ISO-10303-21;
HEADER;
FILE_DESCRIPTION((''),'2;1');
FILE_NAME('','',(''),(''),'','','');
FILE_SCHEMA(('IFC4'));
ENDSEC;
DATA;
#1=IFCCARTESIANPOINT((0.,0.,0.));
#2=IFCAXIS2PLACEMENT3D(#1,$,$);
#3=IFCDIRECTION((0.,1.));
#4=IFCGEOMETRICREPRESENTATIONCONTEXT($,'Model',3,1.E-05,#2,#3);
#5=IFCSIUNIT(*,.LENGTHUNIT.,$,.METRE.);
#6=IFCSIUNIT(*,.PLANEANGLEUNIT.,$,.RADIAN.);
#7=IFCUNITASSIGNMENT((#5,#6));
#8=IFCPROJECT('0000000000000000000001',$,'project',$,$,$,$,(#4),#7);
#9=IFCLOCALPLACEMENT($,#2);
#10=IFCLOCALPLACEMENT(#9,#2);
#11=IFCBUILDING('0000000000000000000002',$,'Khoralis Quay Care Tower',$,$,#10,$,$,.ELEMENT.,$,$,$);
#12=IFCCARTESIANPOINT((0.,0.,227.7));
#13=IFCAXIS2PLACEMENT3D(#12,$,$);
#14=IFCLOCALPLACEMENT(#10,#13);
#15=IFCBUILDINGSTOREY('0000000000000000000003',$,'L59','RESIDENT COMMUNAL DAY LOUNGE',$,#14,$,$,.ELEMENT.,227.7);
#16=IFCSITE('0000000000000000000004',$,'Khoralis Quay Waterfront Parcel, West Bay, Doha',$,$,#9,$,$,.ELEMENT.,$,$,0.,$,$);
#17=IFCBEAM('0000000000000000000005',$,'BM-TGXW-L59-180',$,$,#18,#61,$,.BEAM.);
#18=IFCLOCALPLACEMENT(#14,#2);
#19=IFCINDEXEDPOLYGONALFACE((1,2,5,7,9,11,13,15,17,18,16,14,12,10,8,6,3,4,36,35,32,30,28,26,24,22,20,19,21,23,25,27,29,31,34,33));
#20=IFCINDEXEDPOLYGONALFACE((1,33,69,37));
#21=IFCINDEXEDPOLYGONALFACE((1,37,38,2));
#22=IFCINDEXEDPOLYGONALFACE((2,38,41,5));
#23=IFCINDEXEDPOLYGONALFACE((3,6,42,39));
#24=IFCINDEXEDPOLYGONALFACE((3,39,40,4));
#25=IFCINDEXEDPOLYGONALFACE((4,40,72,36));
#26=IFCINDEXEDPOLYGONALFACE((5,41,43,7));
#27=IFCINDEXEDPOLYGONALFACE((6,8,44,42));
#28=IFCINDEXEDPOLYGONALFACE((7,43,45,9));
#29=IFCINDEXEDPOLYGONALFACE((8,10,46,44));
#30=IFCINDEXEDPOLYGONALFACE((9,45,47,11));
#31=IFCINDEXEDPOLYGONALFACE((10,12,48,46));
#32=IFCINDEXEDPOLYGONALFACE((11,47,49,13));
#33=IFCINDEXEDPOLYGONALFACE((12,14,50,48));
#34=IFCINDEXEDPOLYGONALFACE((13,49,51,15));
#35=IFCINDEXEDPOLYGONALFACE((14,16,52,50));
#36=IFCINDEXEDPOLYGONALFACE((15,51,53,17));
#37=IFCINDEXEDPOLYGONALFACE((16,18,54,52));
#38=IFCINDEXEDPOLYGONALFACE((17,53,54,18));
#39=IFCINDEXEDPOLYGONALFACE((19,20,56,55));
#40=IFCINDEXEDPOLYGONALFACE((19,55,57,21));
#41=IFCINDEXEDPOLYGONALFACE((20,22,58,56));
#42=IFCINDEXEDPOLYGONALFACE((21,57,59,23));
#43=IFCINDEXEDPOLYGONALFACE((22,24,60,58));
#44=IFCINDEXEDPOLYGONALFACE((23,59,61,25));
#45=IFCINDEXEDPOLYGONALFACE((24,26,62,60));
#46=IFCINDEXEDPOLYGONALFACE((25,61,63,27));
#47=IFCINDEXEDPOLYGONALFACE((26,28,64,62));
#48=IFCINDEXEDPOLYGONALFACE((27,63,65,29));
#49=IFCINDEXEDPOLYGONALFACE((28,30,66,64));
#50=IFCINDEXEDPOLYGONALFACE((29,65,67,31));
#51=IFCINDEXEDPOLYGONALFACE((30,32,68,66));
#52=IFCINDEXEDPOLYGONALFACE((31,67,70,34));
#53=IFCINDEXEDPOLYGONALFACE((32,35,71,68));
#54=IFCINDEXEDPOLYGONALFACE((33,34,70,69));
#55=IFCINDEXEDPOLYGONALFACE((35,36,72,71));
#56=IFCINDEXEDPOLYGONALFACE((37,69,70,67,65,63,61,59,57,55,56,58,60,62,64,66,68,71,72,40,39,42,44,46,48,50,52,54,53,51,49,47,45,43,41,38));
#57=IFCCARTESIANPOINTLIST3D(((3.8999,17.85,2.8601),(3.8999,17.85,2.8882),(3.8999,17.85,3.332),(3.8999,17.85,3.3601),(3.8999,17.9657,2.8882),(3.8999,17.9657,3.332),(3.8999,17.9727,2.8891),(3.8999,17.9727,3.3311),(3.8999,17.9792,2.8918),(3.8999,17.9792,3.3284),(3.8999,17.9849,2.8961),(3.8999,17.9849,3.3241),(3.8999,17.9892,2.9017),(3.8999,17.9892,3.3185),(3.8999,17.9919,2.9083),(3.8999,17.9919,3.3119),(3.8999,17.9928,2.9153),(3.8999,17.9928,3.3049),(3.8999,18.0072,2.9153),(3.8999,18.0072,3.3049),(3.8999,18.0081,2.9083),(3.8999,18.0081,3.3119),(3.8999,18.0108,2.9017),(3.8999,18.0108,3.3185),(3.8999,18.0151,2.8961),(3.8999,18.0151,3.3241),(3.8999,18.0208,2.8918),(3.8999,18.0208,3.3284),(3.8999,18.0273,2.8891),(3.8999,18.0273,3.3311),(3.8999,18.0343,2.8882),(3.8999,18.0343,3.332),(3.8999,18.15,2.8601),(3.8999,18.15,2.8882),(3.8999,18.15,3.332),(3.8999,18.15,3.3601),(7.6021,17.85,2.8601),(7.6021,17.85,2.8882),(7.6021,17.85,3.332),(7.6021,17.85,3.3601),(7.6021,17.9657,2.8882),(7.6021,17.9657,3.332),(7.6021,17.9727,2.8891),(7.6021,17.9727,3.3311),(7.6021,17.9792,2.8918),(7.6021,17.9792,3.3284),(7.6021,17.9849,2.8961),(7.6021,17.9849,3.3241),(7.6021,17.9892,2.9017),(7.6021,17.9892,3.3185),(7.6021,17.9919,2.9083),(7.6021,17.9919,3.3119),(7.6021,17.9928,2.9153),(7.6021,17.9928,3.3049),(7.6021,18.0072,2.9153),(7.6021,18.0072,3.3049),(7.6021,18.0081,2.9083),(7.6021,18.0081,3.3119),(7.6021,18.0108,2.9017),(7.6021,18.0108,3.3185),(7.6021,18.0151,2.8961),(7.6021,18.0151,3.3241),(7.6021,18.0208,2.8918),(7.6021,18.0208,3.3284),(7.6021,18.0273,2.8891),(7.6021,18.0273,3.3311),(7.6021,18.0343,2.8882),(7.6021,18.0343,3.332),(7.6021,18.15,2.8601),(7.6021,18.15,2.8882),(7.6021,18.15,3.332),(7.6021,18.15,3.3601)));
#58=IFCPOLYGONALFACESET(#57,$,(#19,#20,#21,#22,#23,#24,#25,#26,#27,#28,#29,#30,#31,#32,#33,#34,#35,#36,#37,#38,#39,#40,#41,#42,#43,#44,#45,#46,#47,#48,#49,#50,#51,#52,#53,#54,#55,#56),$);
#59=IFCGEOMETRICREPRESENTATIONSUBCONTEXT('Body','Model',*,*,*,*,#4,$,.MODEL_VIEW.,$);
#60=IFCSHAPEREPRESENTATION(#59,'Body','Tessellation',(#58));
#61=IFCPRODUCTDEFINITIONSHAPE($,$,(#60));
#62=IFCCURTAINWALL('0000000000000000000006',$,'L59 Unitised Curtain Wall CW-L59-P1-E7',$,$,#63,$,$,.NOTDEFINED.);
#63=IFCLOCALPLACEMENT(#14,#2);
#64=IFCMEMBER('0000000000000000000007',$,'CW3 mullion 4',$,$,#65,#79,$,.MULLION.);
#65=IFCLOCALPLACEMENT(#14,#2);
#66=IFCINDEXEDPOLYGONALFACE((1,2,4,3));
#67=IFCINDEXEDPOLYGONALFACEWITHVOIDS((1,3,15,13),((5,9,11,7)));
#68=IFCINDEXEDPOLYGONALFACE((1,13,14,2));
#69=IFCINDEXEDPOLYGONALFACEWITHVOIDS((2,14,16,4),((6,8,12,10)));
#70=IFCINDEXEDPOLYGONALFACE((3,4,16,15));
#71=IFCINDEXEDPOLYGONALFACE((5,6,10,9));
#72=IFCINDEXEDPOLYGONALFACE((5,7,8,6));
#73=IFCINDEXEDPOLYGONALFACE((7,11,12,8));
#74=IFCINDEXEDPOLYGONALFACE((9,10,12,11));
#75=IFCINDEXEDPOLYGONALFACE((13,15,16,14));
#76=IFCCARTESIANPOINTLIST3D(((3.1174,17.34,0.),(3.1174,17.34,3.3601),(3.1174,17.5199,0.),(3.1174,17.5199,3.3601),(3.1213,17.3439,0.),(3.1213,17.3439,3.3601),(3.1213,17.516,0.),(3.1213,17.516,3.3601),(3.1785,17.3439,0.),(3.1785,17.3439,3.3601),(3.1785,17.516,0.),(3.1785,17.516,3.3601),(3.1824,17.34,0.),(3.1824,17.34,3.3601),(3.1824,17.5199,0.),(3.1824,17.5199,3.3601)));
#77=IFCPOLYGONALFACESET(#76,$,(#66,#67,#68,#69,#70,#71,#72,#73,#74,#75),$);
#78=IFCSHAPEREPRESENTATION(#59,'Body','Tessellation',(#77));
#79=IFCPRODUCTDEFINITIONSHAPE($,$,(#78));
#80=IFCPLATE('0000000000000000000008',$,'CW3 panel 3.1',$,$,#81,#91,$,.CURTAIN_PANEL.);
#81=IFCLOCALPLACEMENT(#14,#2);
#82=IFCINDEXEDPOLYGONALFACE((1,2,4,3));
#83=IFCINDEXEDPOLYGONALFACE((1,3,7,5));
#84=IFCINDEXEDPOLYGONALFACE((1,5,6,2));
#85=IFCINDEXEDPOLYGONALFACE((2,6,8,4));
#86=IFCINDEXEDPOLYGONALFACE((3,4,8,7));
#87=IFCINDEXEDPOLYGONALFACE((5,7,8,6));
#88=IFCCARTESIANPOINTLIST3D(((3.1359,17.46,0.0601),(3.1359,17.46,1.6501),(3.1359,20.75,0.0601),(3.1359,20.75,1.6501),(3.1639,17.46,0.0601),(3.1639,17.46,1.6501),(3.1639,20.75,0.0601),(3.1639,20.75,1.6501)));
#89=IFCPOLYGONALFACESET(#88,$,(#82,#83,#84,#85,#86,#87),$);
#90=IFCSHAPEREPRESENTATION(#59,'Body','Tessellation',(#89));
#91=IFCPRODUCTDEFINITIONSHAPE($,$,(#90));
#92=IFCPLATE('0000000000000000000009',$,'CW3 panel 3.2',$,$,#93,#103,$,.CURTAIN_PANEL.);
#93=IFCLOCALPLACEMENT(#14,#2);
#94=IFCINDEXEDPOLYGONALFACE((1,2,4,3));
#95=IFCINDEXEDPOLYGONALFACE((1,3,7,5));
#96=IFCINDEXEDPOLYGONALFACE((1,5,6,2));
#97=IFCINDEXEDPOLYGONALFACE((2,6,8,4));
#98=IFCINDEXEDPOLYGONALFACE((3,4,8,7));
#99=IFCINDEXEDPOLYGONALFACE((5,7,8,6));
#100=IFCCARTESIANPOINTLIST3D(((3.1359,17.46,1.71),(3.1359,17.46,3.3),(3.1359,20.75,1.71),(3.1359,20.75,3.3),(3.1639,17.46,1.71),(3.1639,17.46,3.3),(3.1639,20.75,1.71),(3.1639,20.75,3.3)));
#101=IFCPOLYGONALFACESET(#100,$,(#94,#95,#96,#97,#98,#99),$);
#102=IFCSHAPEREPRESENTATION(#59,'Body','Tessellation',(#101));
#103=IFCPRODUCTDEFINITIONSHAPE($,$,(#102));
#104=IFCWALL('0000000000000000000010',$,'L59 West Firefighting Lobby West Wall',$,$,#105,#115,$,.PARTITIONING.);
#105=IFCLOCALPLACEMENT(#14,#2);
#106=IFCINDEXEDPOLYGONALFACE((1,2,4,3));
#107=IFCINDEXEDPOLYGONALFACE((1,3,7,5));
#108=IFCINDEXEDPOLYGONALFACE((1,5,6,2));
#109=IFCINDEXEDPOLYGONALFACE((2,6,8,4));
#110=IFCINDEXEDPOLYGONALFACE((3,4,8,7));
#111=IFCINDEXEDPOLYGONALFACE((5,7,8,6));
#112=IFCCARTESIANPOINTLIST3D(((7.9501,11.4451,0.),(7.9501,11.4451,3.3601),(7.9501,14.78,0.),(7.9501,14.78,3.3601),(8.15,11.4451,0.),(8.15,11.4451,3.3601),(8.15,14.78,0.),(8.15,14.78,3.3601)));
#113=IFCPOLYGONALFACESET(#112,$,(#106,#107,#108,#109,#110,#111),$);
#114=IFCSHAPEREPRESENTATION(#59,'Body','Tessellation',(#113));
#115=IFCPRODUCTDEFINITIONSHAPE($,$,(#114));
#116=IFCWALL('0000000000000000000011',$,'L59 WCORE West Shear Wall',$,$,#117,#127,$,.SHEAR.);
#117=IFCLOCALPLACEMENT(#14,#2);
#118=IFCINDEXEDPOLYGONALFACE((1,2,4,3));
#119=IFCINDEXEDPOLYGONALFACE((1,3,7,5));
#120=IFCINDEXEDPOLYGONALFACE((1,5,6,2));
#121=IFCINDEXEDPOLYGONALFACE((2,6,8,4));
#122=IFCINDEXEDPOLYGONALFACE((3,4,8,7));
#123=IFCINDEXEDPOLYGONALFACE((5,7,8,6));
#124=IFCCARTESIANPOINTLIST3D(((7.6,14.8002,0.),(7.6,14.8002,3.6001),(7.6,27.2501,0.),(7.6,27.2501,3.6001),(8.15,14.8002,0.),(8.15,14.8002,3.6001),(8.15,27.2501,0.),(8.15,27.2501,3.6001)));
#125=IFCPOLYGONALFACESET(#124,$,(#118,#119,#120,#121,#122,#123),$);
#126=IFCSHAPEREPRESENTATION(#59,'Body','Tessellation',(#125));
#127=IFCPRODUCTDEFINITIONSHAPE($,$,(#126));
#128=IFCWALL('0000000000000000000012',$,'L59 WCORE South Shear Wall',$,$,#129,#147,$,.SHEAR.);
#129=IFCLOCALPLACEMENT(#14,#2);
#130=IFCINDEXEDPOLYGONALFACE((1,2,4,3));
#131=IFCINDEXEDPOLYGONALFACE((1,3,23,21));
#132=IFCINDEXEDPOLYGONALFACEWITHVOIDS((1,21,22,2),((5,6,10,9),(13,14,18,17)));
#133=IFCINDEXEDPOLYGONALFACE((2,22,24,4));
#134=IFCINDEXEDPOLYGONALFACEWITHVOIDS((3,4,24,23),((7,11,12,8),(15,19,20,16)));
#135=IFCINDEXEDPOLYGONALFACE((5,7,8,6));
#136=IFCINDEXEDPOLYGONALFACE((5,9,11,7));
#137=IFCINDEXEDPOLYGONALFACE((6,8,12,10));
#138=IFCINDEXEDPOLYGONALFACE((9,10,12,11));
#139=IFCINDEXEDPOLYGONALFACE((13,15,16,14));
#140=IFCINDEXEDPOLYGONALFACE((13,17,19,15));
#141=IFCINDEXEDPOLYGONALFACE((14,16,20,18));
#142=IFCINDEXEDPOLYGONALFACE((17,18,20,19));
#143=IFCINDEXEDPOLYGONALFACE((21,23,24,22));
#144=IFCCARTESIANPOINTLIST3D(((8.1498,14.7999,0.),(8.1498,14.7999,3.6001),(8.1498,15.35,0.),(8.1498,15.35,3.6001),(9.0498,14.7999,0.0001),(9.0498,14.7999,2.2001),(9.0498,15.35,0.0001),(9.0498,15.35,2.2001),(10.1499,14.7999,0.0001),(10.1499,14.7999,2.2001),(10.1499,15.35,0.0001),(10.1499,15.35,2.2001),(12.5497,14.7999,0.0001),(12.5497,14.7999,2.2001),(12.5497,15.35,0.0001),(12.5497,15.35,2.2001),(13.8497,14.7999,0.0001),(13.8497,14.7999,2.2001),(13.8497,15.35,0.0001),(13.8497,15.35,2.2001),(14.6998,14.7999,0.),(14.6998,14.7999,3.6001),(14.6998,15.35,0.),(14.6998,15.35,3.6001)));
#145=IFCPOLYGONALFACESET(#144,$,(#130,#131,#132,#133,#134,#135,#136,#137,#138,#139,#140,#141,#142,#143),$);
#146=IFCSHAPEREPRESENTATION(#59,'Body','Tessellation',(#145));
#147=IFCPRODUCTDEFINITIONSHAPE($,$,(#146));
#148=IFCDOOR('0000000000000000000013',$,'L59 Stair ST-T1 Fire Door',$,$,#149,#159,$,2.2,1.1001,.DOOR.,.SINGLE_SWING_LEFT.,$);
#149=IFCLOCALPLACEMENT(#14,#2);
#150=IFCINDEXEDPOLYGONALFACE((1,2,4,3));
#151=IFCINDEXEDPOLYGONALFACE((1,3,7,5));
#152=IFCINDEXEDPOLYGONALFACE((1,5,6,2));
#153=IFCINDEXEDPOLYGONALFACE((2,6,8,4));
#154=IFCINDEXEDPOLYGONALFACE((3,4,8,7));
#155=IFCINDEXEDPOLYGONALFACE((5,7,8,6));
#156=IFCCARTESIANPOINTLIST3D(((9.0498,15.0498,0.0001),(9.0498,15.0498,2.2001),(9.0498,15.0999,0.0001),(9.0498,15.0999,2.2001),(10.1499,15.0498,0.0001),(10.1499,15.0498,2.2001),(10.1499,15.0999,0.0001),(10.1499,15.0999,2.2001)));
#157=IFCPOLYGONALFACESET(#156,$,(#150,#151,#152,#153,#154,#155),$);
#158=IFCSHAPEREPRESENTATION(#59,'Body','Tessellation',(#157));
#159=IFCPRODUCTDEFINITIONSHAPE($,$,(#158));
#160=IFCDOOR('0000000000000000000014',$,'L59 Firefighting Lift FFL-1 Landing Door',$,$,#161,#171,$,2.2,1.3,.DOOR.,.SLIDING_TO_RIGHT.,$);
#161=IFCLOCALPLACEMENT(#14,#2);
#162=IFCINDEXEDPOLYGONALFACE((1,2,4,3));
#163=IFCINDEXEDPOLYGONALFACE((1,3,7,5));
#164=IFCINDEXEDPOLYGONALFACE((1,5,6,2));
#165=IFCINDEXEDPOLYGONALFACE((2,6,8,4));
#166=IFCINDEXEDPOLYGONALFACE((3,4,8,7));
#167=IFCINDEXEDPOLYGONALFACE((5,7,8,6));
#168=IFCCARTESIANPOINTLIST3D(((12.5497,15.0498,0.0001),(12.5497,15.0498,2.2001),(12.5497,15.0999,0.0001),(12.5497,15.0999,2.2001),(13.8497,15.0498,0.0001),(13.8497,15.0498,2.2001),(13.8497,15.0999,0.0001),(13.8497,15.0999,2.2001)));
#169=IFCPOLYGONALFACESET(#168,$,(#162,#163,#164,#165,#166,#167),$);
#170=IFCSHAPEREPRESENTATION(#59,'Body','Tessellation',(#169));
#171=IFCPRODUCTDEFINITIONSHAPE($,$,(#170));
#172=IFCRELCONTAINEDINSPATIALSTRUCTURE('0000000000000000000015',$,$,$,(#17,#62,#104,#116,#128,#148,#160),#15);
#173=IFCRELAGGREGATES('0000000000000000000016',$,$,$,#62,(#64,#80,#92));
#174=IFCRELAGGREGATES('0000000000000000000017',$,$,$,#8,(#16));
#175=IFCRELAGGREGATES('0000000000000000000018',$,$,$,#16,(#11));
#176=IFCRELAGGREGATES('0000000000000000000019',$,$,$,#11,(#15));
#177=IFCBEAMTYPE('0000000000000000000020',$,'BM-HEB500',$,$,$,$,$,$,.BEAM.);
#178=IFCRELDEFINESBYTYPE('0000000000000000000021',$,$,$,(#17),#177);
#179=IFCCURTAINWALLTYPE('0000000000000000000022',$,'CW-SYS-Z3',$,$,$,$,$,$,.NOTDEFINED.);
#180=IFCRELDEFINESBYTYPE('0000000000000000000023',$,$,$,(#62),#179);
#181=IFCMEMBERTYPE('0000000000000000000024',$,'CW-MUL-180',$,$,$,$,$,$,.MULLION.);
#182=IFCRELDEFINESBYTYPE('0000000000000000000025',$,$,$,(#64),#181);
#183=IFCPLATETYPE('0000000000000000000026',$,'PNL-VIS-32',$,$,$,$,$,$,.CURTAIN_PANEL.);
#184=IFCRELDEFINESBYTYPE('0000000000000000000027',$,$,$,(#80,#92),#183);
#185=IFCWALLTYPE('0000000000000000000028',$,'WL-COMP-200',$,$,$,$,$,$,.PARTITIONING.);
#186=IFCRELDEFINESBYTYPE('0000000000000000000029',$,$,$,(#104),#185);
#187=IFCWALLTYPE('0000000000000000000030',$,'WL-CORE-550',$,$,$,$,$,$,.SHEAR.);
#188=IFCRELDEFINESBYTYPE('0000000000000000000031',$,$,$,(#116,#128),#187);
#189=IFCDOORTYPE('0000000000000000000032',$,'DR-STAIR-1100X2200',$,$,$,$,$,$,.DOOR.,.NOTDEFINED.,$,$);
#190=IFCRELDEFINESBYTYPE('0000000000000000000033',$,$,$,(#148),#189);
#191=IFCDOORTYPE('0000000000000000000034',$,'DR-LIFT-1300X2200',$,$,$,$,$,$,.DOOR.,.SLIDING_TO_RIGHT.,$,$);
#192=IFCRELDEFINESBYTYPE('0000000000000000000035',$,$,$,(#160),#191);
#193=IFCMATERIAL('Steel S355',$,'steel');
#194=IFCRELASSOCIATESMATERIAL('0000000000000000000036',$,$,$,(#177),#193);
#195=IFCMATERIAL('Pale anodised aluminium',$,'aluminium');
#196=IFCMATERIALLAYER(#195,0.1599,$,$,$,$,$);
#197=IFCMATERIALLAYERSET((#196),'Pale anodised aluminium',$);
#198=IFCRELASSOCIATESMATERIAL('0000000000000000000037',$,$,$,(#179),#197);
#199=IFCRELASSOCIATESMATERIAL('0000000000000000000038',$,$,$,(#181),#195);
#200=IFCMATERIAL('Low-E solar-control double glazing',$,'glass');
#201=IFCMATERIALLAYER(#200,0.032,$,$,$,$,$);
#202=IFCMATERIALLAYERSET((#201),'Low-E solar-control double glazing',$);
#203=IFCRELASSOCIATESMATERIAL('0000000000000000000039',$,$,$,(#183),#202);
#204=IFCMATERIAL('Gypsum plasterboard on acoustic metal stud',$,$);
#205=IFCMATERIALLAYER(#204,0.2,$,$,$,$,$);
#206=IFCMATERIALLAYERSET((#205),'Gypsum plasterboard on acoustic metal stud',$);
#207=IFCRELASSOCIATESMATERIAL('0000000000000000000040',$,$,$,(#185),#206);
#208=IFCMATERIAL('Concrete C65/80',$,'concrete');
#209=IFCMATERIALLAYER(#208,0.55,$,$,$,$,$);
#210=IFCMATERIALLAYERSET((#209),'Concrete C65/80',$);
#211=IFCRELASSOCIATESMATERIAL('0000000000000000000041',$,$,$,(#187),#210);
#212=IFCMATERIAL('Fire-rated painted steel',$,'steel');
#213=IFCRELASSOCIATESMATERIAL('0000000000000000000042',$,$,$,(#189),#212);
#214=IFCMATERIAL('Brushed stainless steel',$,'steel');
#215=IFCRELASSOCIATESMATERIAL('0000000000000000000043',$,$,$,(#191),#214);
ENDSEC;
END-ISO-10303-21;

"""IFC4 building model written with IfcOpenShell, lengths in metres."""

from ifc_helpers import new_model, si_unit, direction, frame, frame_2d, origin, origin_2d, place, context, subcontext, project, spatial, rectangle, hollow_rectangle, i_section, extrude, source, transform, mapped, material, layer, layer_set, material_profile, profile_set, type_object, element, fill, aggregate, save


model = new_model("IFC4")

# Units and contexts
model_context = context("Model", 3, precision=1e-05, world=origin(), true_north=direction((0.0, 1.0)))
body_context = subcontext(model_context, "Body", "Model", "MODEL_VIEW")
ifc_project = project(units=[si_unit("LENGTHUNIT", "METRE"), si_unit("PLANEANGLEUNIT", "RADIAN")], contexts=[model_context])

# Site, building, storey
site_placement = place(None, origin())
site = spatial("IfcSite", under=ifc_project, at=site_placement, Name="Khoralis Quay Waterfront Parcel, West Bay, Doha", CompositionType="ELEMENT", RefElevation=0.0)
building_placement = place(site_placement, origin())
building = spatial("IfcBuilding", under=site, at=building_placement, Name="Khoralis Quay Care Tower", CompositionType="ELEMENT")
storey_placement = place(building_placement, frame((0.0, 0.0, 227.7)))
storey = spatial("IfcBuildingStorey", under=building, at=storey_placement, Name="L59", Description="RESIDENT COMMUNAL DAY LOUNGE", CompositionType="ELEMENT", Elevation=227.7)

# Beam
ifc_material_1 = material(Name="Steel S355", Category="steel")
ifc_material_profile_1 = material_profile(ifc_material_1, i_section(OverallWidth=0.3, OverallDepth=0.5, WebThickness=0.0144, FlangeThickness=0.0281, FilletRadius=0.0271, at=origin_2d()), Name="Steel S355")
ifc_profile_set_1 = profile_set([ifc_material_profile_1], Name="Steel S355")
beam_type_1 = type_object("IfcBeamType", Name="BM-HEB500", PredefinedType="BEAM", material=ifc_profile_set_1)
shared_shape_1 = source(origin(), body_context, "Body", "SweptSolid", [
    extrude(i_section(OverallWidth=0.3, OverallDepth=0.5, WebThickness=0.0144, FlangeThickness=0.0281, FilletRadius=0.0271, at=origin_2d()), origin(), (0.0, 0.0, 1.0), 3.7021),
])
beam_1_placement = place(storey_placement, frame((3.8999, 18.0, 3.1101), z_axis=(1.0, 0.0, 0.0), x_axis=(0.0, 1.0, 0.0)))
element("IfcBeam", 1, at=beam_1_placement, inside=storey, type_object=beam_type_1, Name="BM-TGXW-L59-180", PredefinedType="BEAM", context=body_context, shape_type="MappedRepresentation", body=[
    mapped(shared_shape_1, transform((0.0, 0.0, 0.0), scale=1.0)),
])

# Curtain wall, member, plates
ifc_material_2 = material(Name="Pale anodised aluminium", Category="aluminium")
ifc_layer_1 = layer(ifc_material_2, 0.1599)
ifc_layer_set_1 = layer_set([ifc_layer_1], Name="Pale anodised aluminium")
curtain_wall_type = type_object("IfcCurtainWallType", Name="CW-SYS-Z3", PredefinedType="NOTDEFINED", material=ifc_layer_set_1)
curtain_wall_placement = place(storey_placement, origin())
curtain_wall = element("IfcCurtainWall", 2, at=curtain_wall_placement, inside=storey, type_object=curtain_wall_type, Name="L59 Unitised Curtain Wall CW-L59-P1-E7", PredefinedType="NOTDEFINED")
ifc_material_profile_2 = material_profile(ifc_material_2, hollow_rectangle(XDim=0.0649, YDim=0.1799, WallThickness=0.0039, at=origin_2d()), Name="Pale anodised aluminium")
ifc_profile_set_2 = profile_set([ifc_material_profile_2], Name="Pale anodised aluminium")
member_type = type_object("IfcMemberType", Name="CW-MUL-180", PredefinedType="MULLION", material=ifc_profile_set_2)
shared_shape_2 = source(origin(), body_context, "Body", "SweptSolid", [
    extrude(hollow_rectangle(XDim=0.0649, YDim=0.1799, WallThickness=0.0039, at=origin_2d()), origin(), (0.0, 0.0, 1.0), 3.3601),
])
member_placement = place(storey_placement, frame((3.1499, 17.4299, 0.0), z_axis=(0.0, 0.0, 1.0), x_axis=(1.0, 0.0, 0.0)))
member = element("IfcMember", 3, at=member_placement, type_object=member_type, Name="CW3 mullion 4", PredefinedType="MULLION", context=body_context, shape_type="MappedRepresentation", body=[
    mapped(shared_shape_2, transform((0.0, 0.0, 0.0), scale=1.0)),
])
ifc_material_3 = material(Name="Low-E solar-control double glazing", Category="glass")
ifc_layer_2 = layer(ifc_material_3, 0.032)
ifc_layer_set_2 = layer_set([ifc_layer_2], Name="Low-E solar-control double glazing")
plate_type = type_object("IfcPlateType", Name="PNL-VIS-32", PredefinedType="CURTAIN_PANEL", material=ifc_layer_set_2)
shared_shape_3 = source(origin(), body_context, "Body", "SweptSolid", [
    extrude(rectangle(XDim=3.29, YDim=0.0281, at=origin_2d()), origin(), (0.0, 0.0, 1.0), 1.5901),
])
plate_1_placement = place(storey_placement, frame((3.1499, 19.105, 0.0601), z_axis=(0.0, 0.0, 1.0), x_axis=(0.0, -1.0, 0.0)))
plate_1 = element("IfcPlate", 4, at=plate_1_placement, type_object=plate_type, Name="CW3 panel 3.1", PredefinedType="CURTAIN_PANEL", context=body_context, shape_type="MappedRepresentation", body=[
    mapped(shared_shape_3, transform((0.0, 0.0, 0.0), scale=1.0)),
])
plate_2_placement = place(storey_placement, frame((3.1499, 19.105, 1.71), z_axis=(0.0, 0.0, 1.0), x_axis=(0.0, -1.0, 0.0)))
plate_2 = element("IfcPlate", 5, at=plate_2_placement, type_object=plate_type, Name="CW3 panel 3.2", PredefinedType="CURTAIN_PANEL", context=body_context, shape_type="MappedRepresentation", body=[
    mapped(shared_shape_3, transform((0.0, 0.0, 0.0), scale=1.0)),
])
aggregate(curtain_wall, [member, plate_1, plate_2])

# Walls
ifc_material_4 = material(Name="Gypsum plasterboard on acoustic metal stud")
ifc_layer_3 = layer(ifc_material_4, 0.2)
ifc_layer_set_3 = layer_set([ifc_layer_3], Name="Gypsum plasterboard on acoustic metal stud")
wall_type_1 = type_object("IfcWallType", Name="WL-COMP-200", PredefinedType="PARTITIONING", material=ifc_layer_set_3)
wall_1_placement = place(storey_placement, frame((8.05, 11.4451, 0.0), z_axis=(0.0, 0.0, 1.0), x_axis=(0.0, 1.0, 0.0)))
element("IfcWall", 6, at=wall_1_placement, inside=storey, type_object=wall_type_1, Name="L59 West Firefighting Lobby West Wall", PredefinedType="PARTITIONING", context=body_context, shape_type="SweptSolid", body=[
    extrude(rectangle(XDim=3.335, YDim=0.2, at=frame_2d((1.6675, 0.0))), origin(), (0.0, 0.0, 1.0), 3.3601),
])
ifc_material_5 = material(Name="Concrete C65/80", Category="concrete")
ifc_layer_4 = layer(ifc_material_5, 0.55)
ifc_layer_set_4 = layer_set([ifc_layer_4], Name="Concrete C65/80")
wall_type_2 = type_object("IfcWallType", Name="WL-CORE-550", PredefinedType="SHEAR", material=ifc_layer_set_4)
wall_2_placement = place(storey_placement, frame((7.875, 14.8, 0.0), z_axis=(0.0, 0.0, 1.0), x_axis=(0.0, 1.0, 0.0)))
element("IfcWall", 7, at=wall_2_placement, inside=storey, type_object=wall_type_2, Name="L59 WCORE West Shear Wall", PredefinedType="SHEAR", context=body_context, shape_type="SweptSolid", body=[
    extrude(rectangle(XDim=12.45, YDim=0.55, at=frame_2d((6.2251, 0.0))), origin(), (0.0, 0.0, 1.0), 3.6001),
])

# Wall, openings, doors
wall_3_placement = place(storey_placement, frame((8.1499, 15.075, 0.0), z_axis=(0.0, 0.0, 1.0), x_axis=(1.0, 0.0, 0.0)))
wall_3 = element("IfcWall", 8, at=wall_3_placement, inside=storey, type_object=wall_type_2, Name="L59 WCORE South Shear Wall", PredefinedType="SHEAR", context=body_context, shape_type="SweptSolid", body=[
    extrude(rectangle(XDim=6.55, YDim=0.55, at=frame_2d((3.2749, 0.0))), origin(), (0.0, 0.0, 1.0), 3.6001),
])
opening_1_placement = place(wall_3_placement, frame((0.8999, 0.0, 0.0)))
opening_1 = element("IfcOpeningElement", 9, at=opening_1_placement, cuts=wall_3, PredefinedType="OPENING", context=body_context, shape_type="SweptSolid", body=[
    extrude(rectangle(XDim=1.1001, YDim=2.2, at=frame_2d((0.55, 1.1001))), frame((0.0, 0.2852, 0.0), z_axis=(0.0, -1.0, 0.0), x_axis=(1.0, 0.0, 0.0)), (0.0, 0.0, 1.0), 0.5701),
])
opening_2_placement = place(wall_3_placement, frame((4.3999, 0.0, 0.0)))
opening_2 = element("IfcOpeningElement", 10, at=opening_2_placement, cuts=wall_3, PredefinedType="OPENING", context=body_context, shape_type="SweptSolid", body=[
    extrude(rectangle(XDim=1.3, YDim=2.2, at=frame_2d((0.6499, 1.1001))), frame((0.0, 0.2852, 0.0), z_axis=(0.0, -1.0, 0.0), x_axis=(1.0, 0.0, 0.0)), (0.0, 0.0, 1.0), 0.5701),
])
ifc_material_6 = material(Name="Fire-rated painted steel", Category="steel")
door_type_1 = type_object("IfcDoorType", Name="DR-STAIR-1100X2200", OperationType="NOTDEFINED", PredefinedType="DOOR", material=ifc_material_6)
shared_shape_4 = source(origin(), body_context, "Body", "SweptSolid", [
    extrude(rectangle(XDim=1.1001, YDim=2.2, at=frame_2d((0.55, 1.1001))), frame((0.0, 0.0249, 0.0), z_axis=(0.0, -1.0, 0.0), x_axis=(1.0, 0.0, 0.0)), (0.0, 0.0, 1.0), 0.05),
])
door_1_placement = place(opening_1_placement, origin())
door_1 = element("IfcDoor", 11, at=door_1_placement, inside=storey, type_object=door_type_1, Name="L59 Stair ST-T1 Fire Door", OperationType="SINGLE_SWING_LEFT", OverallHeight=2.2, OverallWidth=1.1001, PredefinedType="DOOR", context=body_context, shape_type="MappedRepresentation", body=[
    mapped(shared_shape_4, transform((0.0, 0.0, 0.0), scale=1.0)),
])
fill(opening_1, door_1)
ifc_material_7 = material(Name="Brushed stainless steel", Category="steel")
door_type_2 = type_object("IfcDoorType", Name="DR-LIFT-1300X2200", OperationType="SLIDING_TO_RIGHT", PredefinedType="DOOR", material=ifc_material_7)
shared_shape_5 = source(origin(), body_context, "Body", "SweptSolid", [
    extrude(rectangle(XDim=1.3, YDim=2.2, at=frame_2d((0.6499, 1.1001))), frame((0.0, 0.0249, 0.0), z_axis=(0.0, -1.0, 0.0), x_axis=(1.0, 0.0, 0.0)), (0.0, 0.0, 1.0), 0.05),
])
door_2_placement = place(opening_2_placement, origin())
door_2 = element("IfcDoor", 12, at=door_2_placement, inside=storey, type_object=door_type_2, Name="L59 Firefighting Lift FFL-1 Landing Door", OperationType="SLIDING_TO_RIGHT", OverallHeight=2.2, OverallWidth=1.3, PredefinedType="DOOR", context=body_context, shape_type="MappedRepresentation", body=[
    mapped(shared_shape_5, transform((0.0, 0.0, 0.0), scale=1.0)),
])
fill(opening_2, door_2)

save(model, "model.ifc")
